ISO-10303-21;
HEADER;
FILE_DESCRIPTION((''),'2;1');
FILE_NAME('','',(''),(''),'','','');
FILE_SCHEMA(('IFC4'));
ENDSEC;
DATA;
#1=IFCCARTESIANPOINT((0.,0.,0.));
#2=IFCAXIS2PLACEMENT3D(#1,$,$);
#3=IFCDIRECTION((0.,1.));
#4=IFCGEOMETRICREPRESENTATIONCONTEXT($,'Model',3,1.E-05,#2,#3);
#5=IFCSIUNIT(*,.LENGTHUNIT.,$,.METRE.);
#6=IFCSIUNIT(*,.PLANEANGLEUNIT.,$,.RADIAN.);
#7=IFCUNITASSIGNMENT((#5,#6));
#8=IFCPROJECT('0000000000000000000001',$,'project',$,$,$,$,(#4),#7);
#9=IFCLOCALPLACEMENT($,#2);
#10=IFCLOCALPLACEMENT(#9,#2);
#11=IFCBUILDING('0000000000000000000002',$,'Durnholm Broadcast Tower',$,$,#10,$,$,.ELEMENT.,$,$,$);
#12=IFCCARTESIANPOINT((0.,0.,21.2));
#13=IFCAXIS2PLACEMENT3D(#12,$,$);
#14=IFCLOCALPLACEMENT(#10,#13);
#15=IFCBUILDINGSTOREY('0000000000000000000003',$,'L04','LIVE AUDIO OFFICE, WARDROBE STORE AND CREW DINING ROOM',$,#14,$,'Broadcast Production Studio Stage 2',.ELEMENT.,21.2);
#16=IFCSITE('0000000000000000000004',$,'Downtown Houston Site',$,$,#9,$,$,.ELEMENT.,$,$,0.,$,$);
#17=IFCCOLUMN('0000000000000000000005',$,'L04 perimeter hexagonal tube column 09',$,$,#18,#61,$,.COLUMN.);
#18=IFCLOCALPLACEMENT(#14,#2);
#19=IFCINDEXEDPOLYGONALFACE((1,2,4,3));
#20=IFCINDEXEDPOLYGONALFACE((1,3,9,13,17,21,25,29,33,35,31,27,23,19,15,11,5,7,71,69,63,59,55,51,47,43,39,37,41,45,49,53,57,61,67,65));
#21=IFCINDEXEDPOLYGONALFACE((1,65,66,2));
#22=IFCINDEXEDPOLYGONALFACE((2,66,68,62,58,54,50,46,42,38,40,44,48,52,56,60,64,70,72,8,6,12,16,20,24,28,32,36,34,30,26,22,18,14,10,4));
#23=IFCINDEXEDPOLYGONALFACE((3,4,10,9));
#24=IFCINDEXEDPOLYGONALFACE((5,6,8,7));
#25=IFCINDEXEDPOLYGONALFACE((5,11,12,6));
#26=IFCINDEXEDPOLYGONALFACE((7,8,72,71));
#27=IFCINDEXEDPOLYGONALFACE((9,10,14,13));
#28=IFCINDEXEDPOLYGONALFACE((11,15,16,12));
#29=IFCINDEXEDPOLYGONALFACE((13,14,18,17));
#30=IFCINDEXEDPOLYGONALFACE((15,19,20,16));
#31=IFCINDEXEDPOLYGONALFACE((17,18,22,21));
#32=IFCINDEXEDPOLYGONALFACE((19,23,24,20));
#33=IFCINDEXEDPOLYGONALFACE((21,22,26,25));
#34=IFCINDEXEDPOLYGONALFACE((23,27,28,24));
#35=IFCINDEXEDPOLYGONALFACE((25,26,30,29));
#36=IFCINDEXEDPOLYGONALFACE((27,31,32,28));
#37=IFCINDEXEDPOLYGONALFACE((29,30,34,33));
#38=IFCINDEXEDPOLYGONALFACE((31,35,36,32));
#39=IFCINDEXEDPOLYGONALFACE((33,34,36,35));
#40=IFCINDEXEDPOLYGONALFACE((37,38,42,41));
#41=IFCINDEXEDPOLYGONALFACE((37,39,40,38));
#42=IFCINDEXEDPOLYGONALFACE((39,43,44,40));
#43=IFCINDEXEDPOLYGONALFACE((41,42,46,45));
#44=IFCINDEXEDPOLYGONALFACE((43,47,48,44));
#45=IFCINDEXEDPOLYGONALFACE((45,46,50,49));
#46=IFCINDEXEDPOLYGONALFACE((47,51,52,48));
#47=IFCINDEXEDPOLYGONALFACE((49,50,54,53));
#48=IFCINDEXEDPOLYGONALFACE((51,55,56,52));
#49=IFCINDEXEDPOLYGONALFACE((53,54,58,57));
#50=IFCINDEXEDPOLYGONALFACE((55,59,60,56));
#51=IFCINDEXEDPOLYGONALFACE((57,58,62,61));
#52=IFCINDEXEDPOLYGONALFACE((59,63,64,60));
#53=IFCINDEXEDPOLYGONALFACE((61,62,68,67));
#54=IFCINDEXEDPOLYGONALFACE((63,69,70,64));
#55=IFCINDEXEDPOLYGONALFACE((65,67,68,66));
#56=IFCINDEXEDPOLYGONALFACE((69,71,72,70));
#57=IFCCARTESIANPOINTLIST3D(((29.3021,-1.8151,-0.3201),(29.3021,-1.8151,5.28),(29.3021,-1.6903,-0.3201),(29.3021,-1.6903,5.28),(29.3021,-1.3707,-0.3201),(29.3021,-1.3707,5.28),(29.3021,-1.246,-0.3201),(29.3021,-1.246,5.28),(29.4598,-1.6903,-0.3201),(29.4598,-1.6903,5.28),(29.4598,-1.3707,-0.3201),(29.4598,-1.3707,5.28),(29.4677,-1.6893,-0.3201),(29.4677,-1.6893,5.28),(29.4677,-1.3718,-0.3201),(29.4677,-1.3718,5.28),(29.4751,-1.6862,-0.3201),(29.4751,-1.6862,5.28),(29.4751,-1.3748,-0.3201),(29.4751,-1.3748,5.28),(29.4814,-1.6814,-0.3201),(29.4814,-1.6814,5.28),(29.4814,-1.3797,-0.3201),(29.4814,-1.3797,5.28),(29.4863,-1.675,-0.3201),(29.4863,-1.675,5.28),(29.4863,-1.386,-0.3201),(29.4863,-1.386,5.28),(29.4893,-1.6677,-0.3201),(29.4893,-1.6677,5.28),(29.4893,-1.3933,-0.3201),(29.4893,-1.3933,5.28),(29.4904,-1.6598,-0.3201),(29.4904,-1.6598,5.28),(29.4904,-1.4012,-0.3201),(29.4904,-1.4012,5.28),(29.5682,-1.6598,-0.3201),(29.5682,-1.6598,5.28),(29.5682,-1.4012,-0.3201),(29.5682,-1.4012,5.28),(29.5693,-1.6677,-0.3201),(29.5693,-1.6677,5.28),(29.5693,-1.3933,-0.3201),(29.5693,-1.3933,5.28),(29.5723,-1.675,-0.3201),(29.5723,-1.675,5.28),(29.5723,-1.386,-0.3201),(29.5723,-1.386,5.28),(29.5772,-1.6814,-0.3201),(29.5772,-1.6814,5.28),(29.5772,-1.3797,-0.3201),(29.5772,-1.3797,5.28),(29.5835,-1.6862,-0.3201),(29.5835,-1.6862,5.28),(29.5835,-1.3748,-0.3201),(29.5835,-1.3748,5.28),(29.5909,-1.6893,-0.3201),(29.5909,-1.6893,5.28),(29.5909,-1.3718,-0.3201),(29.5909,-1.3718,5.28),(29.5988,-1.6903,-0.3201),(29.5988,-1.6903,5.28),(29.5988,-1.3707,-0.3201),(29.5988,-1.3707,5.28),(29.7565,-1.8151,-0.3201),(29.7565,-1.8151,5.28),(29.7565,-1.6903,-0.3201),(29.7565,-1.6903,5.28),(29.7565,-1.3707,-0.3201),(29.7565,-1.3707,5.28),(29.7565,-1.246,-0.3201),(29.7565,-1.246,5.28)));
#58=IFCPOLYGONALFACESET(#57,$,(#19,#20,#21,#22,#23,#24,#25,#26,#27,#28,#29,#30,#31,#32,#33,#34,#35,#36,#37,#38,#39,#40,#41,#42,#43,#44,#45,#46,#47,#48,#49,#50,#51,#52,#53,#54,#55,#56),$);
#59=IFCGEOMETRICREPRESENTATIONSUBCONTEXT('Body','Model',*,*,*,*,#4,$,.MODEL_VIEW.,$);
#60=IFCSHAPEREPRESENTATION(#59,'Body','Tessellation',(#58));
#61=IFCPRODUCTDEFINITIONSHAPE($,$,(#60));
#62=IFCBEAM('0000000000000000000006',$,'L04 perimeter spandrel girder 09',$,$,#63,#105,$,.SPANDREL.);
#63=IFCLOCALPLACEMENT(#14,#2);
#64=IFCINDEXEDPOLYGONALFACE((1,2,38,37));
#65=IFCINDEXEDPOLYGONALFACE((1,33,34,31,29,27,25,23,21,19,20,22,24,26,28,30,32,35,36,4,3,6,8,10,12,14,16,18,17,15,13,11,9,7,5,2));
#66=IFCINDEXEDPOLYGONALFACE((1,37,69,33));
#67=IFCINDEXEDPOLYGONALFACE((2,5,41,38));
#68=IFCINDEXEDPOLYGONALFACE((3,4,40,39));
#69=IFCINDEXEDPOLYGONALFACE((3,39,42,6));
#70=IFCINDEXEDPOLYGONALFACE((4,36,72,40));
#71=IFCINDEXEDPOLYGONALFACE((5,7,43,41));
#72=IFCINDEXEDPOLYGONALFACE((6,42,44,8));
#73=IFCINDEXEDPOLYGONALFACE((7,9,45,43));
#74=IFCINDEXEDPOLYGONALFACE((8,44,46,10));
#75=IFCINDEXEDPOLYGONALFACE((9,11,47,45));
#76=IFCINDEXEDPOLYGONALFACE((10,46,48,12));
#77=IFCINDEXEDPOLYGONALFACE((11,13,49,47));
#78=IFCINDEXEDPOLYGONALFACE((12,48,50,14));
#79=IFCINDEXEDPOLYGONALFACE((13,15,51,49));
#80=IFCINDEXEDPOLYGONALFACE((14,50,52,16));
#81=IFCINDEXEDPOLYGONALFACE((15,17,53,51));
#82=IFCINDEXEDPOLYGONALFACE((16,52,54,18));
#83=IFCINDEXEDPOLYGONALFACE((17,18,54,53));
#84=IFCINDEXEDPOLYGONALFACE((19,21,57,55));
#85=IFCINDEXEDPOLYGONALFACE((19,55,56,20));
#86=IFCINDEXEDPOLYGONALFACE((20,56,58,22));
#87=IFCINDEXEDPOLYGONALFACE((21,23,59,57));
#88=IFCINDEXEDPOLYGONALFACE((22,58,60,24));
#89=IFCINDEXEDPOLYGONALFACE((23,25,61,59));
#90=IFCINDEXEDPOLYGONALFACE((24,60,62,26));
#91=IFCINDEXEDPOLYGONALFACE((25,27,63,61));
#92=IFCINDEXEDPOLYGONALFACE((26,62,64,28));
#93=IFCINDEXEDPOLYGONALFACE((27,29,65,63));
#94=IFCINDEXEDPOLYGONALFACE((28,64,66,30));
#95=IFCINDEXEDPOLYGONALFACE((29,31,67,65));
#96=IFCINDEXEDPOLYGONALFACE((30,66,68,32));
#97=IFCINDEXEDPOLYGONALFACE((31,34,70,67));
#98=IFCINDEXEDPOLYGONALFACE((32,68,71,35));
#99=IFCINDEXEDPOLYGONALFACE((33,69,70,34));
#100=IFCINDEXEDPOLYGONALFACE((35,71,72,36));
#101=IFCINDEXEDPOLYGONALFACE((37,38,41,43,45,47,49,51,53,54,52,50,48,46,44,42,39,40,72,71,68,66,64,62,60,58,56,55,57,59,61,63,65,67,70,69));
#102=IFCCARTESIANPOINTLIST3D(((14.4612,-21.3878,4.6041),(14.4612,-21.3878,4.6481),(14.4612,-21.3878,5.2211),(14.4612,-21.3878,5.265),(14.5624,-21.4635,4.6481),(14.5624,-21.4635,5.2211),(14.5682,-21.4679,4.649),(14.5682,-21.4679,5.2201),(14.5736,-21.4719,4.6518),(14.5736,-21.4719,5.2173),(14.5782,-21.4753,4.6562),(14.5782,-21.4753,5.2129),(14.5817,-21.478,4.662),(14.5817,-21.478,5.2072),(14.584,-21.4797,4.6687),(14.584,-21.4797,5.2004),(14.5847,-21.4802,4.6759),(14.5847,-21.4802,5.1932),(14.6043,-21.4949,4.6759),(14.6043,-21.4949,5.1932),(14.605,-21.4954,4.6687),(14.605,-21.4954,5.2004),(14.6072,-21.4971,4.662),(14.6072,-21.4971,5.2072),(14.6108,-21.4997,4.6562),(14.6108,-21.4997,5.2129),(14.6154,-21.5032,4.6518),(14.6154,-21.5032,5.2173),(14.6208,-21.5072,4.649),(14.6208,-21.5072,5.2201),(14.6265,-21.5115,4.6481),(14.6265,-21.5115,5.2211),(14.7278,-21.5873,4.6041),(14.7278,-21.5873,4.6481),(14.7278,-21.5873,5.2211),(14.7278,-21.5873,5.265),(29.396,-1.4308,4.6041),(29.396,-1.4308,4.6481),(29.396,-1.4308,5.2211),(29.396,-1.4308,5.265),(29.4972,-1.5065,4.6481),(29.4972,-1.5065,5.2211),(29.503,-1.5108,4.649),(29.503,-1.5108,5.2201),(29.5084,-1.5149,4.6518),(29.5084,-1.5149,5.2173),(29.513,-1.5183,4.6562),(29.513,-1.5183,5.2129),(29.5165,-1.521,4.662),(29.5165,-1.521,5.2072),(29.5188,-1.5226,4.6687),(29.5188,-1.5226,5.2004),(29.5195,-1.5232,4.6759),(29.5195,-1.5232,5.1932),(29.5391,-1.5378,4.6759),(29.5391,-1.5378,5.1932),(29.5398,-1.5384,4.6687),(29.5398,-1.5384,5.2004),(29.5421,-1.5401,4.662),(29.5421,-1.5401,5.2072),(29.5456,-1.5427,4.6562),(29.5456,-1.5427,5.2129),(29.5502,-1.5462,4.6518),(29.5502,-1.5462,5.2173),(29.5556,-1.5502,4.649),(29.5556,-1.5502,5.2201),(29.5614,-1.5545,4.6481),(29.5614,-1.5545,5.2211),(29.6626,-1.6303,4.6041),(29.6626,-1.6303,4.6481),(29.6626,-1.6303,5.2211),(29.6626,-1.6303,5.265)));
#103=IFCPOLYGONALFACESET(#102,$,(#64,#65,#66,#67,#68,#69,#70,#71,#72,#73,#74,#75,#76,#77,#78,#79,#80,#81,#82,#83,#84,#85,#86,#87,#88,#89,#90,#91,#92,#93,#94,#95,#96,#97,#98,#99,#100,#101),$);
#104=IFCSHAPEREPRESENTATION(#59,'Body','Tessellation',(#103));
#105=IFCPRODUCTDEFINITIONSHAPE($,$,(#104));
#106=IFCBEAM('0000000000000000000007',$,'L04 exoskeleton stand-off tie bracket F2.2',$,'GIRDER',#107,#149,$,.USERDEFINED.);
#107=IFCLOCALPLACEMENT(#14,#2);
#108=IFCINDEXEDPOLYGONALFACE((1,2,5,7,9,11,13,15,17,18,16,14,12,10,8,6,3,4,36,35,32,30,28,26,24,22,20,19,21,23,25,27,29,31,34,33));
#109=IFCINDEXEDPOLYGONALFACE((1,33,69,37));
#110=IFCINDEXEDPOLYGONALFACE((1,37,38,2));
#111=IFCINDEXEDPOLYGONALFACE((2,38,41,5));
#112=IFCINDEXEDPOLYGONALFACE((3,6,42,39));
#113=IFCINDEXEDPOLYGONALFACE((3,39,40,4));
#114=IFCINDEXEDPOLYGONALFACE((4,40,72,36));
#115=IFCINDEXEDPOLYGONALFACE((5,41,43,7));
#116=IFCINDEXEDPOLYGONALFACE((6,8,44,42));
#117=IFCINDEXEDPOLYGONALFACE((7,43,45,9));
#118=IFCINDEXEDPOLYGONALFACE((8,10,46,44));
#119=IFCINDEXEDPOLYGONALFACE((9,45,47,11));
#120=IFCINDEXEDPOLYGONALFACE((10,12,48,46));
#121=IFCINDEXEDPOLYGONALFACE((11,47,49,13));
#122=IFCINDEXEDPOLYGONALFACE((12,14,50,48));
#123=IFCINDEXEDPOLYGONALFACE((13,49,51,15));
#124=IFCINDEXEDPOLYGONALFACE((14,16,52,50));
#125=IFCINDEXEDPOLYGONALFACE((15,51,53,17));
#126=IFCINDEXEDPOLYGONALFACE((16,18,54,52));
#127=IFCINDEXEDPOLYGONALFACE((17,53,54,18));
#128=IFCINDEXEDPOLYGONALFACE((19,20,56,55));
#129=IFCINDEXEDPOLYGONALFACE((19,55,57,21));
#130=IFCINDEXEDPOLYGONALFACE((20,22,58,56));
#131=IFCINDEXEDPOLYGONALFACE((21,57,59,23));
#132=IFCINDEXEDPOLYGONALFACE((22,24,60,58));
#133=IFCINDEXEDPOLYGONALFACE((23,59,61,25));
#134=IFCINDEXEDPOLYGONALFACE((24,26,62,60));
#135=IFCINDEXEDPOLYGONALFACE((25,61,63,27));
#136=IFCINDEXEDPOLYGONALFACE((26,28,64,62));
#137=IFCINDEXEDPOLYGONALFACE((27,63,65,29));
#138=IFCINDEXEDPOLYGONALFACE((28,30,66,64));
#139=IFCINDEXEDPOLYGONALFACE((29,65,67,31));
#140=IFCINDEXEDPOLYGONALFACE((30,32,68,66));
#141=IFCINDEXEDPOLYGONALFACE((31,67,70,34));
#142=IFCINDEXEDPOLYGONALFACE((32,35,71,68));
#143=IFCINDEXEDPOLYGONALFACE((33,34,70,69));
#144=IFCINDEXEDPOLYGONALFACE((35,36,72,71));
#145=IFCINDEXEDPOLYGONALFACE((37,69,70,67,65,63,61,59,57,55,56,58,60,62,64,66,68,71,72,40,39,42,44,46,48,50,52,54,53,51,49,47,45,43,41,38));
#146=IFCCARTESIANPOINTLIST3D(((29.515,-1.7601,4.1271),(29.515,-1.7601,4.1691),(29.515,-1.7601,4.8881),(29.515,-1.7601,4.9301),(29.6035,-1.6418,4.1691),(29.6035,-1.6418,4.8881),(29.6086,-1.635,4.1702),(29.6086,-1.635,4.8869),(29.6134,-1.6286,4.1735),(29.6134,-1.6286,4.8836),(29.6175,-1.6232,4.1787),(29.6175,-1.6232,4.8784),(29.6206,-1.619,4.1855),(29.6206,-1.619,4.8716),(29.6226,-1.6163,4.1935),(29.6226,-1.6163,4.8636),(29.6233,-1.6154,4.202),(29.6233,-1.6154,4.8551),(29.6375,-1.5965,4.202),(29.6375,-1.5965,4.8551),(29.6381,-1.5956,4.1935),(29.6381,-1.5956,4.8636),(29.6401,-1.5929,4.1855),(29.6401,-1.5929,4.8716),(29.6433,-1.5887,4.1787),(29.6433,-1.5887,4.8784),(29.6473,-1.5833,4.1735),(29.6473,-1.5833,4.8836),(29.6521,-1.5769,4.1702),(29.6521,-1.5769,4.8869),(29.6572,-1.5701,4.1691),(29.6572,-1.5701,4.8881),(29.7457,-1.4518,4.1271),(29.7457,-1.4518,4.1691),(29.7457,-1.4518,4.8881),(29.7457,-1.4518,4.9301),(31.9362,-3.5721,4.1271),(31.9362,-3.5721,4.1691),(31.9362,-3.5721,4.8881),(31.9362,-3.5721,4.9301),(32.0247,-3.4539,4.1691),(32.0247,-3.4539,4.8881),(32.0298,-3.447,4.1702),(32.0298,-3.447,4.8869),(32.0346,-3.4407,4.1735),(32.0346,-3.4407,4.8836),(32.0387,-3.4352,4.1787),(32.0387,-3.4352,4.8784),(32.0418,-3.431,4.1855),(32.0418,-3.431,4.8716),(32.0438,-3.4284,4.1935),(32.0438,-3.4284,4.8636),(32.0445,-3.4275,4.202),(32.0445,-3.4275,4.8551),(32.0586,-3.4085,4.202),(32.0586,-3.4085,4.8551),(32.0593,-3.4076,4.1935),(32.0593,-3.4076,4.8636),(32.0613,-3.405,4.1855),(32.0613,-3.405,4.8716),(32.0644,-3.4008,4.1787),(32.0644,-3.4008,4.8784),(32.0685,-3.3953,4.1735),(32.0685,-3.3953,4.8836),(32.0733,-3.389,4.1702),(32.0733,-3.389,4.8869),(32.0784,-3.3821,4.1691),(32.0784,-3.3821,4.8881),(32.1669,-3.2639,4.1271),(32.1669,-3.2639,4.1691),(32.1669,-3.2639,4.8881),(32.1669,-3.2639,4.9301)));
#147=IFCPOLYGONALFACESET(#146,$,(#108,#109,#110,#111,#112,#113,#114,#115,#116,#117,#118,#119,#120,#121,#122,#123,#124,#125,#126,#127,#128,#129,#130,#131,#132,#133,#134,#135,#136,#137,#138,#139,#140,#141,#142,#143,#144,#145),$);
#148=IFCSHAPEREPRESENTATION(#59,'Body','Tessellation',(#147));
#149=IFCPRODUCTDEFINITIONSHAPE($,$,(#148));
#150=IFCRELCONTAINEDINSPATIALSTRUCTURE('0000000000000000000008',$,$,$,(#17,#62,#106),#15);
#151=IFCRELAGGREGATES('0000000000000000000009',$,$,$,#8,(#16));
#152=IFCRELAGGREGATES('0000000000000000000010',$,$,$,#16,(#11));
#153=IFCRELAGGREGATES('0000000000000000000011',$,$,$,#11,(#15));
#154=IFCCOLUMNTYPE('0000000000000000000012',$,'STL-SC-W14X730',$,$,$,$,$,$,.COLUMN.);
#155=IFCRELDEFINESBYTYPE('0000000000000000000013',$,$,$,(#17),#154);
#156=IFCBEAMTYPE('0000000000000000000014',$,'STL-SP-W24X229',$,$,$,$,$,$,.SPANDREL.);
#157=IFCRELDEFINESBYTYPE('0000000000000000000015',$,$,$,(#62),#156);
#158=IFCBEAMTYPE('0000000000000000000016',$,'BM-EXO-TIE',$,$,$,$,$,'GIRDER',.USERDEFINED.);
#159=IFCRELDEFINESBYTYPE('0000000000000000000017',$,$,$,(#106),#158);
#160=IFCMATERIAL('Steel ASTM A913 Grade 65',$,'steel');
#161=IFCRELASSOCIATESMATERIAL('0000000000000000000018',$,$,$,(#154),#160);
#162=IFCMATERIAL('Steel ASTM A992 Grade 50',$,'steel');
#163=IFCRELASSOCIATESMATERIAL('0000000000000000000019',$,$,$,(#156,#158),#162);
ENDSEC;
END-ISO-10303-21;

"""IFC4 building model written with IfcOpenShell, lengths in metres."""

from ifc_helpers import new_model, si_unit, direction, frame, origin, origin_2d, place, context, subcontext, project, spatial, i_section, extrude, source, transform, mapped, material, material_profile, profile_set, type_object, type_shapes, element, save


model = new_model("IFC4")

# Units and contexts
model_context = context("Model", 3, precision=1e-05, world=origin(), true_north=direction((0.0, 1.0)))
body_context = subcontext(model_context, "Body", "Model", "MODEL_VIEW")
ifc_project = project(units=[si_unit("LENGTHUNIT", "METRE"), si_unit("PLANEANGLEUNIT", "RADIAN")], contexts=[model_context])

# Site, building, storey
site_placement = place(None, origin())
site = spatial("IfcSite", under=ifc_project, at=site_placement, Name="Downtown Houston Site", CompositionType="ELEMENT", RefElevation=0.0)
building_placement = place(site_placement, origin())
building = spatial("IfcBuilding", under=site, at=building_placement, Name="Durnholm Broadcast Tower", CompositionType="ELEMENT")
storey_placement = place(building_placement, frame((0.0, 0.0, 21.2)))
storey = spatial("IfcBuildingStorey", under=building, at=storey_placement, Name="L04", Description="LIVE AUDIO OFFICE, WARDROBE STORE AND CREW DINING ROOM", LongName="Broadcast Production Studio Stage 2", CompositionType="ELEMENT", Elevation=21.2)

# Column
ifc_material_1 = material(Name="Steel ASTM A913 Grade 65", Category="steel")
ifc_material_profile_1 = material_profile(ifc_material_1, i_section(OverallWidth=0.4543, OverallDepth=0.5691, WebThickness=0.0779, FlangeThickness=0.1248, FilletRadius=0.0305, at=origin_2d()), Name="W14X730")
ifc_profile_set_1 = profile_set([ifc_material_profile_1], Name="Steel ASTM A913 Grade 65")
column_type = type_object("IfcColumnType", Name="STL-SC-W14X730", PredefinedType="COLUMN", material=ifc_profile_set_1)
shared_shape_1 = source(origin(), body_context, "Body", "SweptSolid", [
    extrude(i_section(OverallWidth=0.4543, OverallDepth=0.5691, WebThickness=0.0779, FlangeThickness=0.1248, FilletRadius=0.0305, at=origin_2d()), origin(), (0.0, 0.0, 1.0), 5.6001),
])
type_shapes(column_type, [shared_shape_1])
column_placement = place(storey_placement, frame((29.5293, -1.5305, -0.3201), z_axis=(0.0, 0.0, 1.0), x_axis=(1.0, 0.0, 0.0)))
element("IfcColumn", 1, at=column_placement, inside=storey, type_object=column_type, Name="L04 perimeter hexagonal tube column 09", PredefinedType="COLUMN", context=body_context, shape_type="MappedRepresentation", body=[
    mapped(shared_shape_1, transform((0.0, 0.0, 0.0), x_axis=(1.0, 0.0, 0.0), y_axis=(0.0, 1.0, 0.0), z_axis=(0.0, 0.0, 1.0), scale=1.0)),
])

# Beams
ifc_material_2 = material(Name="Steel ASTM A992 Grade 50", Category="steel")
ifc_material_profile_2 = material_profile(ifc_material_2, i_section(OverallWidth=0.333, OverallDepth=0.6609, WebThickness=0.0244, FlangeThickness=0.0439, FilletRadius=0.0278, at=origin_2d()), Name="W24X229")
ifc_profile_set_2 = profile_set([ifc_material_profile_2], Name="Steel ASTM A992 Grade 50")
beam_type_1 = type_object("IfcBeamType", Name="STL-SP-W24X229", PredefinedType="SPANDREL", material=ifc_profile_set_2)
shared_shape_2 = source(origin(), body_context, "Body", "SweptSolid", [
    extrude(i_section(OverallWidth=0.333, OverallDepth=0.6609, WebThickness=0.0244, FlangeThickness=0.0439, FilletRadius=0.0278, at=origin_2d()), origin(), (0.0, 0.0, 1.0), 24.9265),
])
type_shapes(beam_type_1, [shared_shape_2])
beam_1_placement = place(storey_placement, frame((29.5293, -1.5305, 4.9346), z_axis=(-0.599153, -0.800634, 0.0), x_axis=(0.800634, -0.599153, 0.0)))
element("IfcBeam", 2, at=beam_1_placement, inside=storey, type_object=beam_type_1, Name="L04 perimeter spandrel girder 09", PredefinedType="SPANDREL", context=body_context, shape_type="MappedRepresentation", body=[
    mapped(shared_shape_2, transform((0.0, 0.0, 0.0), x_axis=(1.0, 0.0, 0.0), y_axis=(0.0, 1.0, 0.0), z_axis=(0.0, 0.0, 1.0), scale=1.0)),
])
ifc_material_profile_3 = material_profile(ifc_material_2, i_section(OverallWidth=0.385, OverallDepth=0.803, WebThickness=0.0237, FlangeThickness=0.042, FilletRadius=0.033, at=origin_2d()), Name="W30X261")
ifc_profile_set_3 = profile_set([ifc_material_profile_3], Name="Steel ASTM A992 Grade 50")
beam_type_2 = type_object("IfcBeamType", Name="BM-EXO-TIE", ElementType="GIRDER", PredefinedType="USERDEFINED", material=ifc_profile_set_3)
shared_shape_3 = source(origin(), body_context, "Body", "SweptSolid", [
    extrude(i_section(OverallWidth=0.385, OverallDepth=0.803, WebThickness=0.0237, FlangeThickness=0.042, FilletRadius=0.033, at=origin_2d()), origin(), (0.0, 0.0, 1.0), 3.0242),
])
type_shapes(beam_type_2, [shared_shape_3])
beam_2_placement = place(storey_placement, frame((29.6304, -1.606, 4.5286), z_axis=(0.80061, -0.599186, 0.0), x_axis=(0.599186, 0.80061, 0.0)))
element("IfcBeam", 3, at=beam_2_placement, inside=storey, type_object=beam_type_2, Name="L04 exoskeleton stand-off tie bracket F2.2", ObjectType="GIRDER", PredefinedType="USERDEFINED", context=body_context, shape_type="MappedRepresentation", body=[
    mapped(shared_shape_3, transform((0.0, 0.0, 0.0), x_axis=(1.0, 0.0, 0.0), y_axis=(0.0, 1.0, 0.0), z_axis=(0.0, 0.0, 1.0), scale=1.0)),
])

save(model, "model.ifc")
